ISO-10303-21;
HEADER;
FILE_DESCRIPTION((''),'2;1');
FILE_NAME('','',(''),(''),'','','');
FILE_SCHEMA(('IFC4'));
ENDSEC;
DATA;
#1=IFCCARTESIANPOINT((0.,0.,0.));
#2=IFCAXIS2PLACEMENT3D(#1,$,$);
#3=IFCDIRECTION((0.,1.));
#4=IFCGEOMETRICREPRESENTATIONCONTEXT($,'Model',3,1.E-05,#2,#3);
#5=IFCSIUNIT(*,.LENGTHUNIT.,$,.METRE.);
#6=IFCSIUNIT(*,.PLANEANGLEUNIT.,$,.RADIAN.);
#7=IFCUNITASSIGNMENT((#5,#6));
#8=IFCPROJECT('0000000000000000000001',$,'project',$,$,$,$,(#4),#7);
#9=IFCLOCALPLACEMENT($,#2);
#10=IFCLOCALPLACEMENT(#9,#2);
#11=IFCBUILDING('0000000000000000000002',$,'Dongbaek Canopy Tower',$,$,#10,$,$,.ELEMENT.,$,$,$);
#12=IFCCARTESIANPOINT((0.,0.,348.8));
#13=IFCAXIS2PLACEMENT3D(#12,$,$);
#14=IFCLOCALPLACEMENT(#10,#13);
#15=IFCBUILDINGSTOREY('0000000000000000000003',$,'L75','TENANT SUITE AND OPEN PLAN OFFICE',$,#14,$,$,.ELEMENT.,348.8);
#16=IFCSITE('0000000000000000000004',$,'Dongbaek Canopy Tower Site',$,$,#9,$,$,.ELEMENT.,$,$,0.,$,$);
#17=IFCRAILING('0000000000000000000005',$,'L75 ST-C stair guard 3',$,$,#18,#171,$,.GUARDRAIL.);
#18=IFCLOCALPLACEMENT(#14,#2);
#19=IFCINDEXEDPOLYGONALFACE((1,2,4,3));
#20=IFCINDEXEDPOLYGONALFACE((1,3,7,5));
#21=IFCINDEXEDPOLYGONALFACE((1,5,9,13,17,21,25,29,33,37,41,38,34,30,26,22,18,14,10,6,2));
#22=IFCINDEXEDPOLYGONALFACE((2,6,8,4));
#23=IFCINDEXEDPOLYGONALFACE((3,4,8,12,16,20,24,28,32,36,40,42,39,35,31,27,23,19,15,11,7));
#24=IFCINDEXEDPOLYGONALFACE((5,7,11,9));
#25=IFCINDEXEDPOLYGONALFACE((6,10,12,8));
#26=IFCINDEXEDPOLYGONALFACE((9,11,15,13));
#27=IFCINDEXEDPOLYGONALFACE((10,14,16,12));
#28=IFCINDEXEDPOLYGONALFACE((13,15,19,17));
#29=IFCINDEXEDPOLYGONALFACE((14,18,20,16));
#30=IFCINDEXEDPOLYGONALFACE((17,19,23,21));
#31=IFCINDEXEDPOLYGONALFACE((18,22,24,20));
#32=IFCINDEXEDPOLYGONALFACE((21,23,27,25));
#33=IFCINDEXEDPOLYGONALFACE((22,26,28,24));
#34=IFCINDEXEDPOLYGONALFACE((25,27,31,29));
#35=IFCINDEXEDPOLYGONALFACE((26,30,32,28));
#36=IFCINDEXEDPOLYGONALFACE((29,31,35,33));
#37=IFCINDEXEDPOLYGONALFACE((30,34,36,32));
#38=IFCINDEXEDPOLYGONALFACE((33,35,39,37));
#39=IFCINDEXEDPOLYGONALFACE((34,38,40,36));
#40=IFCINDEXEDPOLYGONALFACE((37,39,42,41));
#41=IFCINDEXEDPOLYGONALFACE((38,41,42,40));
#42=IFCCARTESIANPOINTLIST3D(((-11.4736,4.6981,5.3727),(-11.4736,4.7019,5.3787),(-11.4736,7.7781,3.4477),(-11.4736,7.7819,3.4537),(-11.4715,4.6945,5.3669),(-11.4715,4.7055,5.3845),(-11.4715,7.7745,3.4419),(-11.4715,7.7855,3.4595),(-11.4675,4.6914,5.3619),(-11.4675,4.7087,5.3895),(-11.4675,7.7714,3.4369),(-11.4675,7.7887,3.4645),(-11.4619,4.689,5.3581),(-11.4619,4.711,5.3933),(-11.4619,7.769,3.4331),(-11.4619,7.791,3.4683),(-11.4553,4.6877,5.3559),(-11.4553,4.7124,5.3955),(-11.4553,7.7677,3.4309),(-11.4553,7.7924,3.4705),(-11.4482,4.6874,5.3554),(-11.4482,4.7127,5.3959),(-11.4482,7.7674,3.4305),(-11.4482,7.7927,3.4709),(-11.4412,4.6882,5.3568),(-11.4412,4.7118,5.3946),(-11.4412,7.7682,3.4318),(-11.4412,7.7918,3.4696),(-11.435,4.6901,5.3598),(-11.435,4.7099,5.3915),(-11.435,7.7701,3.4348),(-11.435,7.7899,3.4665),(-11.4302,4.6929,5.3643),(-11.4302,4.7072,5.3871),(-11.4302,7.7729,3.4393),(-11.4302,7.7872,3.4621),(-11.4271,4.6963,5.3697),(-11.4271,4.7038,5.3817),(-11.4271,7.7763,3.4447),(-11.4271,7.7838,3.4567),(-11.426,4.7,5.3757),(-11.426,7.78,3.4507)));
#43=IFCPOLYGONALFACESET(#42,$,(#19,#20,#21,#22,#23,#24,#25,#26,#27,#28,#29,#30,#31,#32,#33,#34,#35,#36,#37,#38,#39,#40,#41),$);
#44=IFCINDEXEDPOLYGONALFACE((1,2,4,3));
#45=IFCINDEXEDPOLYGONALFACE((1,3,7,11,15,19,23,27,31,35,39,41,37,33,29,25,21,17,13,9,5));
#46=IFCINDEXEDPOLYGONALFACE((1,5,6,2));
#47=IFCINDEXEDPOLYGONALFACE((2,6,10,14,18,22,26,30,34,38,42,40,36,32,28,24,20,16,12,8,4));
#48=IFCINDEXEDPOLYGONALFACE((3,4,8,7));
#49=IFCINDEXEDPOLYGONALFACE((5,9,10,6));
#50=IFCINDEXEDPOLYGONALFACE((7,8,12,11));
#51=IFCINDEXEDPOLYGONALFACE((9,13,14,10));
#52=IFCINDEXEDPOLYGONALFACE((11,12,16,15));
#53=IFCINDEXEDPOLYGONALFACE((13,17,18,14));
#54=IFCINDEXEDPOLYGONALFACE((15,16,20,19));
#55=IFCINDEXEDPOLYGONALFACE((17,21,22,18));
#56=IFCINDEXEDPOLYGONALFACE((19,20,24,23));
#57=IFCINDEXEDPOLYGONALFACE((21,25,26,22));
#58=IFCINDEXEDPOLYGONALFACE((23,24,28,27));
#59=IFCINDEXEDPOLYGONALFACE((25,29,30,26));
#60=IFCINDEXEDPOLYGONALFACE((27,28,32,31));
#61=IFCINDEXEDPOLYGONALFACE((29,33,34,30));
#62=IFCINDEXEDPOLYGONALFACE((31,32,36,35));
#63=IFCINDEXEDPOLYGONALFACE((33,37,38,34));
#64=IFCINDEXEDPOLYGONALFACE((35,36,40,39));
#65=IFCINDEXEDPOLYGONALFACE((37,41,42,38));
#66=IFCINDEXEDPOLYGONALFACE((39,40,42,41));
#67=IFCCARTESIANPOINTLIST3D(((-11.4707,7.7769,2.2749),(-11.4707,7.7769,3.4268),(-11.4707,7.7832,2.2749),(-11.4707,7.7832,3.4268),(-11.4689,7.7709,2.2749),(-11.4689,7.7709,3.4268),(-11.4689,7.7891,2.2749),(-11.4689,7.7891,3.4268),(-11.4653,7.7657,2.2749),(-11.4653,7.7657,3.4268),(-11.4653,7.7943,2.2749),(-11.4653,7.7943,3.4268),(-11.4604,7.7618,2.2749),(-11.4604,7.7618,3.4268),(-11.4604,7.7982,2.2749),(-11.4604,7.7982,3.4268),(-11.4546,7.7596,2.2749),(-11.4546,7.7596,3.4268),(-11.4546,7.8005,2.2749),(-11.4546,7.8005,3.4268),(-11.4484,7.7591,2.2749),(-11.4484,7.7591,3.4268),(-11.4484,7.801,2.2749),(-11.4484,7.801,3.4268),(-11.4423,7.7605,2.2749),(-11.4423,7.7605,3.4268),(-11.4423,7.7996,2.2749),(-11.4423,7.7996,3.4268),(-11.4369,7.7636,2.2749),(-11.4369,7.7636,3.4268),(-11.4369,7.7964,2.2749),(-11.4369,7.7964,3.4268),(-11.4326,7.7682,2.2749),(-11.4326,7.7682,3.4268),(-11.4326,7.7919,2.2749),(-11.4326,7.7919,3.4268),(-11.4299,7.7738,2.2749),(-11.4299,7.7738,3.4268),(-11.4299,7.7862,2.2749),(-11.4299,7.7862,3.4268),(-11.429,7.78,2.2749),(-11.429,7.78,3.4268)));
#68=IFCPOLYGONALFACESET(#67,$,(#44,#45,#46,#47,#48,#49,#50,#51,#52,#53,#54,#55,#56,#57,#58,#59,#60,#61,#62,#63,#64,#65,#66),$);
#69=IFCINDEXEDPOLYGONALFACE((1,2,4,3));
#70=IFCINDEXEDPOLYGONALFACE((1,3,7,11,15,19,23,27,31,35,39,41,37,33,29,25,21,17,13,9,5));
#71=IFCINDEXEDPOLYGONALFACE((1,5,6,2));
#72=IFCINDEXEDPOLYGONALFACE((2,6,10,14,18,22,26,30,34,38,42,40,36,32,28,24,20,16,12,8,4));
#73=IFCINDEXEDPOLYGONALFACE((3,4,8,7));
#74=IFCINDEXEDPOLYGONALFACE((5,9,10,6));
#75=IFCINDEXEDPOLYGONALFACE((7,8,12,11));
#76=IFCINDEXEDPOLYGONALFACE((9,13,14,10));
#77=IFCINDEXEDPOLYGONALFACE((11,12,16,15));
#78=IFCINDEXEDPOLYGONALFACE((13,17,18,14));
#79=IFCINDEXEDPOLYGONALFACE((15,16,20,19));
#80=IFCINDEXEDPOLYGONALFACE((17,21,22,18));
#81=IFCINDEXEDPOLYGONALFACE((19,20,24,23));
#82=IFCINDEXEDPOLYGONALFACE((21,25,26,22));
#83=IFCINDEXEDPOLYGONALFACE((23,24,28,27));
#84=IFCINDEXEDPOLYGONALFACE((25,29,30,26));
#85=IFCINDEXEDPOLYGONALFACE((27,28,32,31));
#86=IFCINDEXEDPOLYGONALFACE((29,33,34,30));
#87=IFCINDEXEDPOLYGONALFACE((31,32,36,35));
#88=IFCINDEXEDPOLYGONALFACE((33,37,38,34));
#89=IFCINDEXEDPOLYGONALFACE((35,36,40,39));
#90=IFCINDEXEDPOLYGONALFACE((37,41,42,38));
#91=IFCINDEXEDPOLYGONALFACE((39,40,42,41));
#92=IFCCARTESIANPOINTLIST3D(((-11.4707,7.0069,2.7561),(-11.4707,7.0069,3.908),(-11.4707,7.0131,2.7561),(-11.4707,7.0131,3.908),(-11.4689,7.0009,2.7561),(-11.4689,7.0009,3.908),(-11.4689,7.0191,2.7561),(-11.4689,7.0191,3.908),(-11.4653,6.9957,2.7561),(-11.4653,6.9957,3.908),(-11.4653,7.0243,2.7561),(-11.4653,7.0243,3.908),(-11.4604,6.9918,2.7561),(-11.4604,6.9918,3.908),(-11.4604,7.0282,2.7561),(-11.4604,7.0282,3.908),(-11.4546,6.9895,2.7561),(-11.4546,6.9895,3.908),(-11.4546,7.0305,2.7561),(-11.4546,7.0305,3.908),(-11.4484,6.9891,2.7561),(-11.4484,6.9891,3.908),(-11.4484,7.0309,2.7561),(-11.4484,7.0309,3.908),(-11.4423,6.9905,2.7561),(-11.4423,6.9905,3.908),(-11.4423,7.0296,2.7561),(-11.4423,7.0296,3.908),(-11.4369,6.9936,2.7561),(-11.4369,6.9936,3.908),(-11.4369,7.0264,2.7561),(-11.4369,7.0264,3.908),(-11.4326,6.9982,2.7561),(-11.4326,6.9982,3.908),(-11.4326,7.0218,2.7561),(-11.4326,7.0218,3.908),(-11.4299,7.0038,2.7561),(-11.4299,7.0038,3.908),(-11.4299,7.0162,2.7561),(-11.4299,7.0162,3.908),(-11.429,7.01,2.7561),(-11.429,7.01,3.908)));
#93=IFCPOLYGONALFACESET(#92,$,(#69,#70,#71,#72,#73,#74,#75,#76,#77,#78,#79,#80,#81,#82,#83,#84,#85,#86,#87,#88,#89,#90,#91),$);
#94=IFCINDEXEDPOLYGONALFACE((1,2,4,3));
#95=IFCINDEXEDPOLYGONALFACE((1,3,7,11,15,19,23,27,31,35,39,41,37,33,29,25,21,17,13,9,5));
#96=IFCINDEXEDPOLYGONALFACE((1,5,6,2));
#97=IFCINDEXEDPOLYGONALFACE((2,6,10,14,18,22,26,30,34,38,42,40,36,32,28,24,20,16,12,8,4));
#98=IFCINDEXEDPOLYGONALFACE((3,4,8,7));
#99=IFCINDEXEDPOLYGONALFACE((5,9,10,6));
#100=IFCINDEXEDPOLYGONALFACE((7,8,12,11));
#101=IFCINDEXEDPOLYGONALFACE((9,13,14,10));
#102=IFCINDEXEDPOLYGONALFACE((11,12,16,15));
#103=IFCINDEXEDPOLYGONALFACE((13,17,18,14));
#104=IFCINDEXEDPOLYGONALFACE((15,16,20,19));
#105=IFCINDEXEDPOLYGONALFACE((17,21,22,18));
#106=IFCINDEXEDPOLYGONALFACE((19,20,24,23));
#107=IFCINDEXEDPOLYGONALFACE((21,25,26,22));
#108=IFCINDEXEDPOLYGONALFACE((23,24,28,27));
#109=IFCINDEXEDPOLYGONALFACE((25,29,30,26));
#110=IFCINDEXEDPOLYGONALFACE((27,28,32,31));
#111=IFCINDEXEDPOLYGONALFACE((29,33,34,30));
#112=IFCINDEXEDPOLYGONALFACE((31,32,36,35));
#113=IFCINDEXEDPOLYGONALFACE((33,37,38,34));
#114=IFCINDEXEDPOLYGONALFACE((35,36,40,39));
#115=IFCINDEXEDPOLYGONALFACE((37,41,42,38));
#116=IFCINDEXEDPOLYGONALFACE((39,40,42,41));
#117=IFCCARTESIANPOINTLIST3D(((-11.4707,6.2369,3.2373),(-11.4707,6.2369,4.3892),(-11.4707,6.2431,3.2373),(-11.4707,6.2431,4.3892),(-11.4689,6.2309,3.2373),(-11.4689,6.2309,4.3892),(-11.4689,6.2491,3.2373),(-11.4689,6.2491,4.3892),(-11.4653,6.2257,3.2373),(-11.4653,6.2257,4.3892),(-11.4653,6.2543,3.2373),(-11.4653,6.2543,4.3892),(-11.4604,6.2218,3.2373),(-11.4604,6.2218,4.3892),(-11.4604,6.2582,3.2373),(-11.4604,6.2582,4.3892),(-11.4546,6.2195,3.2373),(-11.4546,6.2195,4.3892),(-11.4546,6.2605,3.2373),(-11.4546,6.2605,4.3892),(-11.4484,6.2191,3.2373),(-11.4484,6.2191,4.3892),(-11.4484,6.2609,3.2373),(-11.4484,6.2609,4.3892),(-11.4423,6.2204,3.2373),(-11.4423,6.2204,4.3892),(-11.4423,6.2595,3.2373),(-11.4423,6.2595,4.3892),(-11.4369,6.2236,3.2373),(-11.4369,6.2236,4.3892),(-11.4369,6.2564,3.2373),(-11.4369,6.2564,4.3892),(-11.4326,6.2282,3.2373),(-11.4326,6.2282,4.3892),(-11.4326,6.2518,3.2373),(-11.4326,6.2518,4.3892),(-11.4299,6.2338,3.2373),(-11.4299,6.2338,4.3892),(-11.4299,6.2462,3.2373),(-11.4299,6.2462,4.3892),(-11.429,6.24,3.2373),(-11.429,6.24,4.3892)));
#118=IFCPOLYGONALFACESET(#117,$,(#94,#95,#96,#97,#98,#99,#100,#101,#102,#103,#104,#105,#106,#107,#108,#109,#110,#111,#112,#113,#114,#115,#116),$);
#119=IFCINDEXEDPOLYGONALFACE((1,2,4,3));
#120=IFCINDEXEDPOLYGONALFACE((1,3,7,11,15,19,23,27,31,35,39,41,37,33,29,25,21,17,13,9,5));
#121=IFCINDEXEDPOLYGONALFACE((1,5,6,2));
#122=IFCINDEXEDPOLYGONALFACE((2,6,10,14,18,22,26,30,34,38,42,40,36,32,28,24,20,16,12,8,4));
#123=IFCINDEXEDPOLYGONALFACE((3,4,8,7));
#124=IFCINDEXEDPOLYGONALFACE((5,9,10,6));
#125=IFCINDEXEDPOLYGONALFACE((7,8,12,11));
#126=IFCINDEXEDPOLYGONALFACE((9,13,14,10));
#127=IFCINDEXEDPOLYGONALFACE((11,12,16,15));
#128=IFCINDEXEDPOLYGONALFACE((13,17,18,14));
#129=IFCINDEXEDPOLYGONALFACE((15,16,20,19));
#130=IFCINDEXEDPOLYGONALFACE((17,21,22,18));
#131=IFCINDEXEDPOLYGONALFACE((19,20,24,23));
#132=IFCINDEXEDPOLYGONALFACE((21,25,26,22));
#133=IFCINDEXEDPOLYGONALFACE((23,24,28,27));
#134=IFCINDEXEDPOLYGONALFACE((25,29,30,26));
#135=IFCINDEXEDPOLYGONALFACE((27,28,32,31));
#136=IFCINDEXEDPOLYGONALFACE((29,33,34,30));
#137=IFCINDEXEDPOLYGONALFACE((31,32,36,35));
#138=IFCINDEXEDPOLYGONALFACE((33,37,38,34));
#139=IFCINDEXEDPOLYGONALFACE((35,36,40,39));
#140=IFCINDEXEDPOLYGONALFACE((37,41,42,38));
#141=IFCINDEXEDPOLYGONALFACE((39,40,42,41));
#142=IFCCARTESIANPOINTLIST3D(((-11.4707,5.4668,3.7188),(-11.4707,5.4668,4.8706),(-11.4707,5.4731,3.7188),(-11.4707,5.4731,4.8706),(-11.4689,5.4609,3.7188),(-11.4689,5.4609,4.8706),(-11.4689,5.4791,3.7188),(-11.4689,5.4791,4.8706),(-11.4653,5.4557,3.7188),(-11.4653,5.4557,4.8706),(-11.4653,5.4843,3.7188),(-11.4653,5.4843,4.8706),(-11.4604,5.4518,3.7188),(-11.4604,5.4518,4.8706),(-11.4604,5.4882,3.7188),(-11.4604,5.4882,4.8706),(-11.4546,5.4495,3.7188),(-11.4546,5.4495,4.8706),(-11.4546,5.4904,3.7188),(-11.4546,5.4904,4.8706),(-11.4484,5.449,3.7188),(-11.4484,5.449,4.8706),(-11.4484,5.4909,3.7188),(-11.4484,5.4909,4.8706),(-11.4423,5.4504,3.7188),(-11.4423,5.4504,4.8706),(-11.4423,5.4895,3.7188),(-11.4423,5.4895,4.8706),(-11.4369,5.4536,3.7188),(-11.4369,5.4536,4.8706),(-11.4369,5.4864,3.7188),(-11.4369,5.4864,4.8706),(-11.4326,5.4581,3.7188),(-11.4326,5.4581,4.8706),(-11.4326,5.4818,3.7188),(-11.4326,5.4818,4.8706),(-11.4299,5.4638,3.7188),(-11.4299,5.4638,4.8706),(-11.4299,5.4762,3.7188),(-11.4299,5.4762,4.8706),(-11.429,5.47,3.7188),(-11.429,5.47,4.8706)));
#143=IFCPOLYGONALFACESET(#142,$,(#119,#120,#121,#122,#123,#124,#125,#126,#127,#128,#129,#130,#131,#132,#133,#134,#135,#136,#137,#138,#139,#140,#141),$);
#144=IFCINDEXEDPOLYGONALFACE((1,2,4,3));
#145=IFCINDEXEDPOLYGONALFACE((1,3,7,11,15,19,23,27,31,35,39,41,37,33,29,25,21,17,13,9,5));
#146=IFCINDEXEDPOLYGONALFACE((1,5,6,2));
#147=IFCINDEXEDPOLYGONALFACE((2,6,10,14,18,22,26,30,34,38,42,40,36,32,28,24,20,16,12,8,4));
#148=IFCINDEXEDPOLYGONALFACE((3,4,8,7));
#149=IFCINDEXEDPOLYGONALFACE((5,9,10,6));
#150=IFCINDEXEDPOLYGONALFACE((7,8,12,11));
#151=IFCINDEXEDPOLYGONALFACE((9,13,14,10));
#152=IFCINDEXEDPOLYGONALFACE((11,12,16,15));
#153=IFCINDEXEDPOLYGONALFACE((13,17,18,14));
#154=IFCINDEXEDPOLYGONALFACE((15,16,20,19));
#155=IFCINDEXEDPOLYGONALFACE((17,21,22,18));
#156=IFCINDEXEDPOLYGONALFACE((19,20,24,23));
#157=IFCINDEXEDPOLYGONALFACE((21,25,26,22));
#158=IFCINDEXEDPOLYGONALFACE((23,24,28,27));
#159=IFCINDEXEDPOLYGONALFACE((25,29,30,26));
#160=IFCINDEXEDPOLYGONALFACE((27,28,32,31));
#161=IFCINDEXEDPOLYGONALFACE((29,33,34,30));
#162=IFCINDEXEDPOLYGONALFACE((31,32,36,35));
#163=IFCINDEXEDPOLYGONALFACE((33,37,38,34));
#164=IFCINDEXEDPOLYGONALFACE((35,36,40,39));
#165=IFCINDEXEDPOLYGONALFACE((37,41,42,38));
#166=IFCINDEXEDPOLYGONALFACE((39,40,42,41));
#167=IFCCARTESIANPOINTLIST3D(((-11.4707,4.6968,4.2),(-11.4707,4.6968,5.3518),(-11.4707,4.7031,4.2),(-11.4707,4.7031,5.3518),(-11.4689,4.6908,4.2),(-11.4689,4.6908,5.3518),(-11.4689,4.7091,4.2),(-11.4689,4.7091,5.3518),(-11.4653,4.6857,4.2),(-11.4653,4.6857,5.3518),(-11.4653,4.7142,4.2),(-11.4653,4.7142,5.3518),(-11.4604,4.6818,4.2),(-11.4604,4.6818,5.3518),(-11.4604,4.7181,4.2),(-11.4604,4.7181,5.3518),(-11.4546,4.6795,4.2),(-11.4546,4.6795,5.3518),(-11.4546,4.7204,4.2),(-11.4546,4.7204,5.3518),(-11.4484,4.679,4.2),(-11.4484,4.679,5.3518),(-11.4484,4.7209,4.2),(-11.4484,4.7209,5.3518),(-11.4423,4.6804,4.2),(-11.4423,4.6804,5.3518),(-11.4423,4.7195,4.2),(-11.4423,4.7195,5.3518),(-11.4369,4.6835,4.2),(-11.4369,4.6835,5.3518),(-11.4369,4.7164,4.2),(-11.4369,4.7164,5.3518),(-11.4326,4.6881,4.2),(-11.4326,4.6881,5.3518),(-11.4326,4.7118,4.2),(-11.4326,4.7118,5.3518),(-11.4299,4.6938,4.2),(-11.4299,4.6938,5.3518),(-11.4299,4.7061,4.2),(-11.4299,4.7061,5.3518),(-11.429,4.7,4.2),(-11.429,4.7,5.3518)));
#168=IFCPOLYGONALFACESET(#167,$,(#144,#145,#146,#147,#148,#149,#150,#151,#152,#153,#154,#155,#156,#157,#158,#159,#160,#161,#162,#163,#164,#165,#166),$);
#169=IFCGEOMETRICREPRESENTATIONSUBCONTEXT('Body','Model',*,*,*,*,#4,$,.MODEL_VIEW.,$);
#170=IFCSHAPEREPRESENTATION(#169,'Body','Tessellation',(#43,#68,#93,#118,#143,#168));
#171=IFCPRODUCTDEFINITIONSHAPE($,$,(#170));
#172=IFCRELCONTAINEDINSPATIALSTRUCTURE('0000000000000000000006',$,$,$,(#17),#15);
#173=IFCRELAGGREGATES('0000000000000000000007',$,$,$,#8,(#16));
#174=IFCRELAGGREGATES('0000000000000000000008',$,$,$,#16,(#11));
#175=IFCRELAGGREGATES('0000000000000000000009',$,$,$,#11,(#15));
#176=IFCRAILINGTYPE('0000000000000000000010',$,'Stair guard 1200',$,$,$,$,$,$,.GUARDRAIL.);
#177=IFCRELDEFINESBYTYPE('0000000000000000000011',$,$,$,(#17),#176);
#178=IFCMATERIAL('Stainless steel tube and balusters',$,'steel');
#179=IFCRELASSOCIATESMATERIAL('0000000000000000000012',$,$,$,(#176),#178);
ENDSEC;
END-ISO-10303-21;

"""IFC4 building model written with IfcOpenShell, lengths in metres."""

from ifc_helpers import new_model, si_unit, direction, frame, origin, origin_2d, place, context, subcontext, project, spatial, circle, extrude, material, type_object, element, save


model = new_model("IFC4")

# Units and contexts
model_context = context("Model", 3, precision=1e-05, world=origin(), true_north=direction((0.0, 1.0)))
body_context = subcontext(model_context, "Body", "Model", "MODEL_VIEW")
ifc_project = project(units=[si_unit("LENGTHUNIT", "METRE"), si_unit("PLANEANGLEUNIT", "RADIAN")], contexts=[model_context])

# Site, building, storey
site_placement = place(None, origin())
site = spatial("IfcSite", under=ifc_project, at=site_placement, Name="Dongbaek Canopy Tower Site", CompositionType="ELEMENT", RefElevation=0.0)
building_placement = place(site_placement, origin())
building = spatial("IfcBuilding", under=site, at=building_placement, Name="Dongbaek Canopy Tower", CompositionType="ELEMENT")
storey_placement = place(building_placement, frame((0.0, 0.0, 348.8)))
storey = spatial("IfcBuildingStorey", under=building, at=storey_placement, Name="L75", Description="TENANT SUITE AND OPEN PLAN OFFICE", CompositionType="ELEMENT", Elevation=348.8)

# Railing
ifc_material_1 = material(Name="Stainless steel tube and balusters", Category="steel")
railing_type_1 = type_object("IfcRailingType", Name="Stair guard 1200", PredefinedType="GUARDRAIL", material=ifc_material_1)
railing_1_placement = place(storey_placement, frame((-11.45, 7.78, 2.2749)))
element("IfcRailing", 1, at=railing_1_placement, inside=storey, type_object=railing_type_1, Name="L75 ST-C stair guard 3", PredefinedType="GUARDRAIL", context=body_context, shape_type="SweptSolid", body=[
    extrude(circle(Radius=0.0239, at=origin_2d()), frame((0.0, 0.0, 1.1758), z_axis=(0.0, -0.847998, 0.529999), x_axis=(1.0, 0.0, 0.0)), (0.0, 0.0, 1.0), 3.6321),
    extrude(circle(Radius=0.021, at=origin_2d()), origin(), (0.0, 0.0, 1.0), 1.1519),
    extrude(circle(Radius=0.021, at=origin_2d()), frame((0.0, -0.77, 0.4812)), (0.0, 0.0, 1.0), 1.1519),
    extrude(circle(Radius=0.021, at=origin_2d()), frame((0.0, -1.54, 0.9624)), (0.0, 0.0, 1.0), 1.1519),
    extrude(circle(Radius=0.021, at=origin_2d()), frame((0.0, -2.3101, 1.4438)), (0.0, 0.0, 1.0), 1.1519),
    extrude(circle(Radius=0.021, at=origin_2d()), frame((0.0, -3.0801, 1.925)), (0.0, 0.0, 1.0), 1.1519),
])

save(model, "model.ifc")
